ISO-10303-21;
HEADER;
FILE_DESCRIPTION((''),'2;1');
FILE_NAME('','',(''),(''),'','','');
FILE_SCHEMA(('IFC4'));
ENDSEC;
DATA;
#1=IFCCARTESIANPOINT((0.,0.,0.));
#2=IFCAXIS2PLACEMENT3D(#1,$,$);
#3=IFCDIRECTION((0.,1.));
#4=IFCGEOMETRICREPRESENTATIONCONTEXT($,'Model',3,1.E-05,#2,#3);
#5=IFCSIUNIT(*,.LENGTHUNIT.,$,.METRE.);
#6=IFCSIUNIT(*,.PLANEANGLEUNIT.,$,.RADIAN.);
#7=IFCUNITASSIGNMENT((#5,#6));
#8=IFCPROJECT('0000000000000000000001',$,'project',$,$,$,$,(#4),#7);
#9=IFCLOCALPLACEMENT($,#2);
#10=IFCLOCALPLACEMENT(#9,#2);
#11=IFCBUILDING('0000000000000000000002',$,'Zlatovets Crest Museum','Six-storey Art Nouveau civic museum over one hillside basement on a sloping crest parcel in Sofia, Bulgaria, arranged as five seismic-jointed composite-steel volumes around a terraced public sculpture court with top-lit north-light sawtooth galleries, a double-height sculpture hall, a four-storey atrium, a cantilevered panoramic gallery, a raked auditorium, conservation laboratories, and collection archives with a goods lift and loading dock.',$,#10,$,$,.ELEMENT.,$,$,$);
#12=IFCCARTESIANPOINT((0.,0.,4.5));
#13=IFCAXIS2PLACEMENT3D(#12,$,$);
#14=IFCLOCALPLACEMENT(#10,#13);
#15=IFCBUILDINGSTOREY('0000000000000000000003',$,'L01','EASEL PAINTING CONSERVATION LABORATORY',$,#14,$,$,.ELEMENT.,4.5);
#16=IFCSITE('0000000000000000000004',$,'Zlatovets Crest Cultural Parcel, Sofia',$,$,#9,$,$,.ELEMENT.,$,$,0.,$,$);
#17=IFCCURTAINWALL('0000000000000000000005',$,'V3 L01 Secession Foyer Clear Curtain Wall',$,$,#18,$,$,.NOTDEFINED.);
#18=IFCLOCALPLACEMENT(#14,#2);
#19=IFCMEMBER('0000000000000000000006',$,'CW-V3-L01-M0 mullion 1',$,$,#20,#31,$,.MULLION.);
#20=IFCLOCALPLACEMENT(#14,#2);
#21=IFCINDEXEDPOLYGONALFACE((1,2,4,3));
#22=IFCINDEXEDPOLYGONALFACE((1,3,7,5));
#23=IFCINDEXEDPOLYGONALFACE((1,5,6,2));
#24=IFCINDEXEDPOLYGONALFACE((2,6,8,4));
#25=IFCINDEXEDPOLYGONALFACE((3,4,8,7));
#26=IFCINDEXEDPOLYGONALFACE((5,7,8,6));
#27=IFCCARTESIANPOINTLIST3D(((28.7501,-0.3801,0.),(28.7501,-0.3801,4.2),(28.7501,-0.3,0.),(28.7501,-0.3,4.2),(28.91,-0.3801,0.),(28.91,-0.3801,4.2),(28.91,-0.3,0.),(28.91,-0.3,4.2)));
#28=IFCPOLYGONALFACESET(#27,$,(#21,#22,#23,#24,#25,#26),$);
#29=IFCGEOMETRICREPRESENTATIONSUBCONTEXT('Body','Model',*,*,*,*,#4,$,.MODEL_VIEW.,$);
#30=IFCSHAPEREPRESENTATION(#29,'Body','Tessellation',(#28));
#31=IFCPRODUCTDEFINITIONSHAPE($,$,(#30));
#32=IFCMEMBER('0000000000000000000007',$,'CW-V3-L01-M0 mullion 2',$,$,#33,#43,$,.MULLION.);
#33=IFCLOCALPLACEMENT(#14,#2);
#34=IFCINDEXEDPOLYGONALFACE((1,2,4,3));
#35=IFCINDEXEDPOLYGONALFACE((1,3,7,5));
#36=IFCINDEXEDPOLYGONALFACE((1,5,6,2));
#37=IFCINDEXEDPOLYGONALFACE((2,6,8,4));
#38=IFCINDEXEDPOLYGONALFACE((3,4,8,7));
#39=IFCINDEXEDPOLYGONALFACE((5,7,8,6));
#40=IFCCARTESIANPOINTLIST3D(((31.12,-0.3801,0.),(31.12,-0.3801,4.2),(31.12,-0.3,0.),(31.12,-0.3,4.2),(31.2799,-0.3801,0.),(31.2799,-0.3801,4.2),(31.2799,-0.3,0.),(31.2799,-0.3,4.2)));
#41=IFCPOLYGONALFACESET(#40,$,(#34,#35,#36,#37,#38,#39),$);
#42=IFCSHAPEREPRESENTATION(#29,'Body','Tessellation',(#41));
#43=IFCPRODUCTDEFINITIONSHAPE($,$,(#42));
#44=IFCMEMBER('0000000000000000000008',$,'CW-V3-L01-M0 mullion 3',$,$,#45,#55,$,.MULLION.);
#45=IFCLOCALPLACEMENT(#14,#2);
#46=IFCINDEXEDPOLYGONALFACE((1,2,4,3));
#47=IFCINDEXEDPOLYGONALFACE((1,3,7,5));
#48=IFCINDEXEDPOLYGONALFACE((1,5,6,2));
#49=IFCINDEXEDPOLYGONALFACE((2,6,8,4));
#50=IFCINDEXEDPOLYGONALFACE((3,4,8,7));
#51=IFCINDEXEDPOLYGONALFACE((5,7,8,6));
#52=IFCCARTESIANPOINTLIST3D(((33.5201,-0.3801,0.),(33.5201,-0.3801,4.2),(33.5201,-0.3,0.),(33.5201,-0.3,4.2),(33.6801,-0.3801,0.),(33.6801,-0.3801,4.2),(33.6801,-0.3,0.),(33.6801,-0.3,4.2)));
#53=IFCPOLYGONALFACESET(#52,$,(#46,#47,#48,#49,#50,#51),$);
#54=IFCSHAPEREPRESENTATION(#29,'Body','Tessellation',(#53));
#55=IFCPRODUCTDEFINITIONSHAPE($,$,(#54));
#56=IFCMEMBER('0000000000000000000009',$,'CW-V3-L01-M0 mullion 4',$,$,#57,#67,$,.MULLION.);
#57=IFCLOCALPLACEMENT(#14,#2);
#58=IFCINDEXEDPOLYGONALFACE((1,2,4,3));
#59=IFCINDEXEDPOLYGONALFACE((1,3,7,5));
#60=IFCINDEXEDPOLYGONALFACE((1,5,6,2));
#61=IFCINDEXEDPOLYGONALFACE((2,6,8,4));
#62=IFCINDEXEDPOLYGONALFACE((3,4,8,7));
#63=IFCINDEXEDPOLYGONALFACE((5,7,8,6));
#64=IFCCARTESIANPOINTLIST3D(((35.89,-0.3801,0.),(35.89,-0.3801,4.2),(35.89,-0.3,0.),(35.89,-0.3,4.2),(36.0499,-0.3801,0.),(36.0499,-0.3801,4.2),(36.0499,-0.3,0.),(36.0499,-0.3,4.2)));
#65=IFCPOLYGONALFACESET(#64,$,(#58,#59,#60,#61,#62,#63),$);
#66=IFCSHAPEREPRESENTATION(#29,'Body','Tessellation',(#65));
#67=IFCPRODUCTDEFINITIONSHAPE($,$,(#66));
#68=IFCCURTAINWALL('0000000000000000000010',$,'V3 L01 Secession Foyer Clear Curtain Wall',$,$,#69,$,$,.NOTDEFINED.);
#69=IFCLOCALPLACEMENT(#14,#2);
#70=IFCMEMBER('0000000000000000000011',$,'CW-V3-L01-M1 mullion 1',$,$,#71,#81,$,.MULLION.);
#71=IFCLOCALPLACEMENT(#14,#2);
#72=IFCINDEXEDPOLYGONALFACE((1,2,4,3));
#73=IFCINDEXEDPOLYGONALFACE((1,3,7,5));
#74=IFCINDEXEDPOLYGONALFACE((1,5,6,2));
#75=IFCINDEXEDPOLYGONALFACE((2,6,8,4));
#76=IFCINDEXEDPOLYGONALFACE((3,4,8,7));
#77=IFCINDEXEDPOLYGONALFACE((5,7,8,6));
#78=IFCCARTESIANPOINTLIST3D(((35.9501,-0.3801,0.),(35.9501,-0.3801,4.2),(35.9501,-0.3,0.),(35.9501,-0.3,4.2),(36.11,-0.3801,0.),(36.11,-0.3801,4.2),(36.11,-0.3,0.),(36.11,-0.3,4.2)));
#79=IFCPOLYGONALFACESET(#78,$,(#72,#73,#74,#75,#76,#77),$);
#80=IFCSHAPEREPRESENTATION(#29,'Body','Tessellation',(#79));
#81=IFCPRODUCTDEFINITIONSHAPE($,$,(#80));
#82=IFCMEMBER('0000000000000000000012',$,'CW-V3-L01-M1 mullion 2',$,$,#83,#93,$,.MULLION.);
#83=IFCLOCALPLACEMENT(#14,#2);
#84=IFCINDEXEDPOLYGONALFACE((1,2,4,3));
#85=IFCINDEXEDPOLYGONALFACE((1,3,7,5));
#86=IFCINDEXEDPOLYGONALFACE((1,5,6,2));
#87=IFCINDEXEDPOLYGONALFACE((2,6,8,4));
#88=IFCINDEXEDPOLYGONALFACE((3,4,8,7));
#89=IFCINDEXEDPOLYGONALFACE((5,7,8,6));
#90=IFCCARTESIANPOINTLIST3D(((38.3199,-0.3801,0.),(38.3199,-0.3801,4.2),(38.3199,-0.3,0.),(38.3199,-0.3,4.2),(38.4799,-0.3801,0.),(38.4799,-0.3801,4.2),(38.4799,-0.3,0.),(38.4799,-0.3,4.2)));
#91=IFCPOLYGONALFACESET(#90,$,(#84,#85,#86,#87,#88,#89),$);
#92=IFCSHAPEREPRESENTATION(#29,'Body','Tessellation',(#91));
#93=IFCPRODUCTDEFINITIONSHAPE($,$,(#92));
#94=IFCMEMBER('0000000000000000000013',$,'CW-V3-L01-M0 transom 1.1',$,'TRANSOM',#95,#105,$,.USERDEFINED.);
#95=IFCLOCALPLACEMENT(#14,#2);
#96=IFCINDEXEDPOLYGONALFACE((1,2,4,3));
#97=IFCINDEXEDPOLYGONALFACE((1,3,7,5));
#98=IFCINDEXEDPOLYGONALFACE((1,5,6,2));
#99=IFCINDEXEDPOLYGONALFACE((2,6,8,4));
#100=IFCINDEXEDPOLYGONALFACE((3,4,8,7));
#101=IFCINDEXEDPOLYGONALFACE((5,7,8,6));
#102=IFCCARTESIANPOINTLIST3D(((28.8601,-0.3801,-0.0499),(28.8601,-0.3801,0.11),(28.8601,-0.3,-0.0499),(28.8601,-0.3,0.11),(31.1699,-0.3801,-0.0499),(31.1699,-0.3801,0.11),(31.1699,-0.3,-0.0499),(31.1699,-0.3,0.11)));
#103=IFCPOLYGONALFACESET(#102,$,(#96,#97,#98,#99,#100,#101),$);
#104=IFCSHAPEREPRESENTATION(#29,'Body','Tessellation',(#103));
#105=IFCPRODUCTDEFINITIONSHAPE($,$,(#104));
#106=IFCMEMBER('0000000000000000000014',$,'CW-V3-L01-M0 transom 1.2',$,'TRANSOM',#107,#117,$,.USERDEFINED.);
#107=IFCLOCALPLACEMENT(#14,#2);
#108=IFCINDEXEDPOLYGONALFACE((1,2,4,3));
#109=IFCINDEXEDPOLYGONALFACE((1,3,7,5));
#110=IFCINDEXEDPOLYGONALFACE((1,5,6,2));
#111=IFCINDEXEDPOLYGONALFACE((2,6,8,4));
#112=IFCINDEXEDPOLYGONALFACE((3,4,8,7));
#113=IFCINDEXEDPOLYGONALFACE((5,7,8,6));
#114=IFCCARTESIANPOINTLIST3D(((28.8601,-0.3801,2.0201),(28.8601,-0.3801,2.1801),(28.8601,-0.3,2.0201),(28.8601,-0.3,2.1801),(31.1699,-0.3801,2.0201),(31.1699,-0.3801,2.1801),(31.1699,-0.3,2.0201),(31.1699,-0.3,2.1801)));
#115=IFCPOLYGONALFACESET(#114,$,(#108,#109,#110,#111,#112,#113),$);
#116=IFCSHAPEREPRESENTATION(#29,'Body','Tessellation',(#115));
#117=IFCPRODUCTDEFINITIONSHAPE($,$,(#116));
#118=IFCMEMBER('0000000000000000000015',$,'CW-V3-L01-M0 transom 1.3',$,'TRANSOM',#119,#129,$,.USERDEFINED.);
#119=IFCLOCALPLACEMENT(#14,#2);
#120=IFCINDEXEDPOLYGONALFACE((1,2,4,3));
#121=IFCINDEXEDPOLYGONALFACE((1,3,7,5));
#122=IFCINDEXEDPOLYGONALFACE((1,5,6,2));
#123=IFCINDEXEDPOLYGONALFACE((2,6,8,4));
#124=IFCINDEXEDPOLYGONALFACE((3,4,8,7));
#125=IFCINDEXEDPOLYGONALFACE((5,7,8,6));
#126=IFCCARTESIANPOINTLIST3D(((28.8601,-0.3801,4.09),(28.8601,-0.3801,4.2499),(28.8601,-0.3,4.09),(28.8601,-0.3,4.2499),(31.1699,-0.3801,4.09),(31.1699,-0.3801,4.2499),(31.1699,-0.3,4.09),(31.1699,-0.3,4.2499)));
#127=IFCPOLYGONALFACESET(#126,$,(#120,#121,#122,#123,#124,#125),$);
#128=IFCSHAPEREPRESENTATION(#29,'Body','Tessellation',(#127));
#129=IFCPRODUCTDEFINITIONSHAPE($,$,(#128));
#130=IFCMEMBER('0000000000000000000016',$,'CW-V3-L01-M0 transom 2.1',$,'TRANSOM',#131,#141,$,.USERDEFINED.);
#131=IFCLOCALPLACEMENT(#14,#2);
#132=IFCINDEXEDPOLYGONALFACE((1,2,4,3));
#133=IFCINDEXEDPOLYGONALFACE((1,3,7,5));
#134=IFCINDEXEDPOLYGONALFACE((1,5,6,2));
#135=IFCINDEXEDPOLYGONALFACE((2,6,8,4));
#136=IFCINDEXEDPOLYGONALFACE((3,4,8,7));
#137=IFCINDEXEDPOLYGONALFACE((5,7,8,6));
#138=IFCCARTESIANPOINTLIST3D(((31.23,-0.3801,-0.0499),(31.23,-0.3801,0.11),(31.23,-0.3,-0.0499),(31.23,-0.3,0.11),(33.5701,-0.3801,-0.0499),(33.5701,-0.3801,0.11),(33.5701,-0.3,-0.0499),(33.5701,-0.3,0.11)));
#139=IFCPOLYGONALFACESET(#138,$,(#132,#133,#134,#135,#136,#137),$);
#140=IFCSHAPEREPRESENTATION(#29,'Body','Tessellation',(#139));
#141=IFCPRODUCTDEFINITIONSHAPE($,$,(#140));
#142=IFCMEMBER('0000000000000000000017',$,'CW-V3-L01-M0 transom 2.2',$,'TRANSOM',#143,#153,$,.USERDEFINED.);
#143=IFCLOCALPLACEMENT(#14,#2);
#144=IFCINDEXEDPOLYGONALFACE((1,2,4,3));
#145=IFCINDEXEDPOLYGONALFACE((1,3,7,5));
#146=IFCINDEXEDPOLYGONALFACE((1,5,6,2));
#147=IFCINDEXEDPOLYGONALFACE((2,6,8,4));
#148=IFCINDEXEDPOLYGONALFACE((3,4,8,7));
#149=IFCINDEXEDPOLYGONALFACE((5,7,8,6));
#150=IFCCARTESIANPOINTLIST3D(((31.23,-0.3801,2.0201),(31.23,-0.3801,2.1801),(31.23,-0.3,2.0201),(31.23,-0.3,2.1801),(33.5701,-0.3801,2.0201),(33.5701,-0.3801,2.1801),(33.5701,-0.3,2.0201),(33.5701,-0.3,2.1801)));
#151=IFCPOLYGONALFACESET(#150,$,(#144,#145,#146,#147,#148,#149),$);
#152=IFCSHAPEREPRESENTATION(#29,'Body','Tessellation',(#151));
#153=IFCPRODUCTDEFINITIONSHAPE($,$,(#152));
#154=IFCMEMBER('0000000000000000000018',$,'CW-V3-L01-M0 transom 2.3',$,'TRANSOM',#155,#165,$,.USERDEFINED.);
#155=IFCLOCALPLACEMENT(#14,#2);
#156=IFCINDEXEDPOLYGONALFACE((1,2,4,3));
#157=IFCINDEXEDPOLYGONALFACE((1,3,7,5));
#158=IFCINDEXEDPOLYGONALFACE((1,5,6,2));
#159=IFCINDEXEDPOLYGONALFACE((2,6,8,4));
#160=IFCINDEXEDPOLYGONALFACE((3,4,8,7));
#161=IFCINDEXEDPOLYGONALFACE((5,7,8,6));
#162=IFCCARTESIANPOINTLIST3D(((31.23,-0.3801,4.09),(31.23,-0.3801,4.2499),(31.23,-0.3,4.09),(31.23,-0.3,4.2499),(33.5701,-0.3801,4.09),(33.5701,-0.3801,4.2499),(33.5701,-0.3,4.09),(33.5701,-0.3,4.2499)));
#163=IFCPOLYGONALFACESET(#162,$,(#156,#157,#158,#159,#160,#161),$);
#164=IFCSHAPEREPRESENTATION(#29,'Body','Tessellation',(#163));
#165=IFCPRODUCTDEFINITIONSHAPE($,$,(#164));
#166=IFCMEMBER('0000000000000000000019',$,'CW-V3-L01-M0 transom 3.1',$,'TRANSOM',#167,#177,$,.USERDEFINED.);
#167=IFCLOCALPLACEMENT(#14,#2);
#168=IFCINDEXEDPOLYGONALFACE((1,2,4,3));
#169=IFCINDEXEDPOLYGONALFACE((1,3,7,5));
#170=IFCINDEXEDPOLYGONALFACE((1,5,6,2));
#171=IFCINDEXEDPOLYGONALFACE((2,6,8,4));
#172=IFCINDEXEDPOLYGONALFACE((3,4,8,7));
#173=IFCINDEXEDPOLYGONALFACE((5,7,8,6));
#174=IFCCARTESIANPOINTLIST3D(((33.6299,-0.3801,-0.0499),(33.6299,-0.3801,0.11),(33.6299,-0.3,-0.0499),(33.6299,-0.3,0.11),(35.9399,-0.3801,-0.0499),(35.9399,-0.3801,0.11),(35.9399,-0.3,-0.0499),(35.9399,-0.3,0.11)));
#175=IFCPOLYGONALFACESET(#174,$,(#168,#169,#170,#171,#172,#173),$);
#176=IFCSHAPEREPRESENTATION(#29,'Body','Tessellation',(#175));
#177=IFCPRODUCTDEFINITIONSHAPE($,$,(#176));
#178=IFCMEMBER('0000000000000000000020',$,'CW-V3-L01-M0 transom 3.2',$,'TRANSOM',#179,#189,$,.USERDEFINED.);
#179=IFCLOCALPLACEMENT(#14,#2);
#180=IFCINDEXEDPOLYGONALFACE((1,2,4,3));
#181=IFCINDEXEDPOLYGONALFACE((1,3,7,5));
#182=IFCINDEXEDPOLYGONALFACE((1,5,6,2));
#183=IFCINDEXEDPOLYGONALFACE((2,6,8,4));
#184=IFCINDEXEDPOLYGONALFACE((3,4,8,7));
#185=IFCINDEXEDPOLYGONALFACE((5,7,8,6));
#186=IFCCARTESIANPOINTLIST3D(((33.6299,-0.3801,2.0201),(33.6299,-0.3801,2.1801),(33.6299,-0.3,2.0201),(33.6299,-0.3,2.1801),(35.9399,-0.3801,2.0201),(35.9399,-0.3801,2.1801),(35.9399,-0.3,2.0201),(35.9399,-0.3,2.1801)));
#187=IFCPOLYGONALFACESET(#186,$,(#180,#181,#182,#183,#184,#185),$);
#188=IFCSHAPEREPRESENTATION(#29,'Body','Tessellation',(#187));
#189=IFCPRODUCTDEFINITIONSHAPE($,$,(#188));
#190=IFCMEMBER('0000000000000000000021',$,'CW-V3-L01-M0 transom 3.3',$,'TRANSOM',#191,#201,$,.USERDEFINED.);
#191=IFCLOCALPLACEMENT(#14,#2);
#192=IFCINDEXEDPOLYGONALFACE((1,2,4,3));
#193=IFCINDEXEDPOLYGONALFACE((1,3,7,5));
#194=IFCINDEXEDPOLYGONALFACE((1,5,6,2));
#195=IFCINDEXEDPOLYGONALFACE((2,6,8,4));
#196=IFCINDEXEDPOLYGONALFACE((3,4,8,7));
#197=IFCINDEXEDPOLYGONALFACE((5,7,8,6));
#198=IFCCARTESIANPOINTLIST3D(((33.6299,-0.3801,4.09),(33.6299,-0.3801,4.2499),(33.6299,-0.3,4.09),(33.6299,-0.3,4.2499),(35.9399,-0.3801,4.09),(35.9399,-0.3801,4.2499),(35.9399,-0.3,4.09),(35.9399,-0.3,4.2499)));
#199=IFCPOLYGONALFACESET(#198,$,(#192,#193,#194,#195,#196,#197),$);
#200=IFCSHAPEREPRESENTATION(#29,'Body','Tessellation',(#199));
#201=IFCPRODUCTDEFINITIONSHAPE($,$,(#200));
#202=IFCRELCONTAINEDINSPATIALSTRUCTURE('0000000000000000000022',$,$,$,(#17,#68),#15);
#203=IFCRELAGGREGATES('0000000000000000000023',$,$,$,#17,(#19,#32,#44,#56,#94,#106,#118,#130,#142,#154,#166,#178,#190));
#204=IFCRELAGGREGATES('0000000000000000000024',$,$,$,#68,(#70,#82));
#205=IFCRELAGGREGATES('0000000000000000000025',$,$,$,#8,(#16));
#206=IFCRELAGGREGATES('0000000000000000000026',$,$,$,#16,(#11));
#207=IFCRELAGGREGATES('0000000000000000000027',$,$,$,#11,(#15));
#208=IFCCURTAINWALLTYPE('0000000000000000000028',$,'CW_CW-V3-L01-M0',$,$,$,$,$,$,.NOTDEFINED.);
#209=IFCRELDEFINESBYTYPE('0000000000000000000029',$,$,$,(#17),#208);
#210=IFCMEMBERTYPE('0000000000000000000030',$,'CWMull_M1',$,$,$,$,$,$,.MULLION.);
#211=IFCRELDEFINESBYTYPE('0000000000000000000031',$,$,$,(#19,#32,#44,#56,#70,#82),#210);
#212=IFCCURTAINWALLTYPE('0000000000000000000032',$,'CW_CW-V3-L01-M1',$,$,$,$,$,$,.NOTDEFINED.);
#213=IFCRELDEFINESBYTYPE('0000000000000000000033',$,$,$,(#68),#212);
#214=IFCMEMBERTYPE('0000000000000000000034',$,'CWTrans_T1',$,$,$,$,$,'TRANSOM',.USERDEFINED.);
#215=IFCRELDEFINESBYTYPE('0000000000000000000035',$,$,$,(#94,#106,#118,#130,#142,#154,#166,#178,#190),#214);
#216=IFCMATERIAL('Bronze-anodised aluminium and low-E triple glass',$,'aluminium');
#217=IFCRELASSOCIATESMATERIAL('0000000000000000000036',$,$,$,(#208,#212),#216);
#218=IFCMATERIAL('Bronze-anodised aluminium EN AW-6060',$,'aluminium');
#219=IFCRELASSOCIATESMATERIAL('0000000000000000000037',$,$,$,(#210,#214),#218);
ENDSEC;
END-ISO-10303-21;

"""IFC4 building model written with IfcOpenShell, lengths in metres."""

from ifc_helpers import new_model, si_unit, direction, frame, origin, origin_2d, place, context, subcontext, project, spatial, rectangle, extrude, material, material_profile, profile_set, type_object, element, aggregate, save


model = new_model("IFC4")

# Units and contexts
model_context = context("Model", 3, precision=1e-05, world=origin(), true_north=direction((0.0, 1.0)))
body_context = subcontext(model_context, "Body", "Model", "MODEL_VIEW")
ifc_project = project(units=[si_unit("LENGTHUNIT", "METRE"), si_unit("PLANEANGLEUNIT", "RADIAN")], contexts=[model_context])

# Site, building, storey
site_placement = place(None, origin())
site = spatial("IfcSite", under=ifc_project, at=site_placement, Name="Zlatovets Crest Cultural Parcel, Sofia", CompositionType="ELEMENT", RefElevation=0.0)
building_placement = place(site_placement, origin())
building = spatial("IfcBuilding", under=site, at=building_placement, Name="Zlatovets Crest Museum", Description="Six-storey Art Nouveau civic museum over one hillside basement on a sloping crest parcel in Sofia, Bulgaria, arranged as five seismic-jointed composite-steel volumes around a terraced public sculpture court with top-lit north-light sawtooth galleries, a double-height sculpture hall, a four-storey atrium, a cantilevered panoramic gallery, a raked auditorium, conservation laboratories, and collection archives with a goods lift and loading dock.", CompositionType="ELEMENT")
storey_placement = place(building_placement, frame((0.0, 0.0, 4.5)))
storey = spatial("IfcBuildingStorey", under=building, at=storey_placement, Name="L01", Description="EASEL PAINTING CONSERVATION LABORATORY", CompositionType="ELEMENT", Elevation=4.5)

# Curtain walls, members
ifc_material_1 = material(Name="Bronze-anodised aluminium and low-E triple glass", Category="aluminium")
curtain_wall_type_1 = type_object("IfcCurtainWallType", Name="CW_CW-V3-L01-M0", PredefinedType="NOTDEFINED", material=ifc_material_1)
curtain_wall_1_placement = place(storey_placement, origin())
curtain_wall_1 = element("IfcCurtainWall", 1, at=curtain_wall_1_placement, inside=storey, type_object=curtain_wall_type_1, Name="V3 L01 Secession Foyer Clear Curtain Wall", PredefinedType="NOTDEFINED")
ifc_material_2 = material(Name="Bronze-anodised aluminium EN AW-6060", Category="aluminium")
ifc_material_profile_1 = material_profile(ifc_material_2, rectangle(XDim=0.0801, YDim=0.1599, at=origin_2d()), Name="ALU 80x160")
ifc_profile_set_1 = profile_set([ifc_material_profile_1], Name="Bronze-anodised aluminium EN AW-6060")
member_type_1 = type_object("IfcMemberType", Name="CWMull_M1", PredefinedType="MULLION", material=ifc_profile_set_1)
member_1_placement = place(storey_placement, frame((28.8301, -0.3401, 0.0), z_axis=(0.0, 0.0, 1.0), x_axis=(0.0, 1.0, 0.0)))
member_1 = element("IfcMember", 2, at=member_1_placement, type_object=member_type_1, Name="CW-V3-L01-M0 mullion 1", PredefinedType="MULLION", context=body_context, shape_type="SweptSolid", body=[
    extrude(rectangle(XDim=0.0801, YDim=0.1599, at=origin_2d()), origin(), (0.0, 0.0, 1.0), 4.2),
])
member_2_placement = place(storey_placement, frame((31.2, -0.3401, 0.0), z_axis=(0.0, 0.0, 1.0), x_axis=(0.0, 1.0, 0.0)))
member_2 = element("IfcMember", 3, at=member_2_placement, type_object=member_type_1, Name="CW-V3-L01-M0 mullion 2", PredefinedType="MULLION", context=body_context, shape_type="SweptSolid", body=[
    extrude(rectangle(XDim=0.0801, YDim=0.1599, at=origin_2d()), origin(), (0.0, 0.0, 1.0), 4.2),
])
member_3_placement = place(storey_placement, frame((33.6001, -0.3401, 0.0), z_axis=(0.0, 0.0, 1.0), x_axis=(0.0, 1.0, 0.0)))
member_3 = element("IfcMember", 4, at=member_3_placement, type_object=member_type_1, Name="CW-V3-L01-M0 mullion 3", PredefinedType="MULLION", context=body_context, shape_type="SweptSolid", body=[
    extrude(rectangle(XDim=0.0801, YDim=0.1599, at=origin_2d()), origin(), (0.0, 0.0, 1.0), 4.2),
])
member_4_placement = place(storey_placement, frame((35.97, -0.3401, 0.0), z_axis=(0.0, 0.0, 1.0), x_axis=(0.0, 1.0, 0.0)))
member_4 = element("IfcMember", 5, at=member_4_placement, type_object=member_type_1, Name="CW-V3-L01-M0 mullion 4", PredefinedType="MULLION", context=body_context, shape_type="SweptSolid", body=[
    extrude(rectangle(XDim=0.0801, YDim=0.1599, at=origin_2d()), origin(), (0.0, 0.0, 1.0), 4.2),
])
curtain_wall_type_2 = type_object("IfcCurtainWallType", Name="CW_CW-V3-L01-M1", PredefinedType="NOTDEFINED", material=ifc_material_1)
curtain_wall_2_placement = place(storey_placement, origin())
curtain_wall_2 = element("IfcCurtainWall", 6, at=curtain_wall_2_placement, inside=storey, type_object=curtain_wall_type_2, Name="V3 L01 Secession Foyer Clear Curtain Wall", PredefinedType="NOTDEFINED")
member_5_placement = place(storey_placement, frame((36.03, -0.3401, 0.0), z_axis=(0.0, 0.0, 1.0), x_axis=(0.0, 1.0, 0.0)))
member_5 = element("IfcMember", 7, at=member_5_placement, type_object=member_type_1, Name="CW-V3-L01-M1 mullion 1", PredefinedType="MULLION", context=body_context, shape_type="SweptSolid", body=[
    extrude(rectangle(XDim=0.0801, YDim=0.1599, at=origin_2d()), origin(), (0.0, 0.0, 1.0), 4.2),
])
member_6_placement = place(storey_placement, frame((38.3999, -0.3401, 0.0), z_axis=(0.0, 0.0, 1.0), x_axis=(0.0, 1.0, 0.0)))
member_6 = element("IfcMember", 8, at=member_6_placement, type_object=member_type_1, Name="CW-V3-L01-M1 mullion 2", PredefinedType="MULLION", context=body_context, shape_type="SweptSolid", body=[
    extrude(rectangle(XDim=0.0801, YDim=0.1599, at=origin_2d()), origin(), (0.0, 0.0, 1.0), 4.2),
])

# Members
ifc_material_profile_2 = material_profile(ifc_material_2, rectangle(XDim=0.0801, YDim=0.1599, at=origin_2d()), Name="ALU 80x160")
ifc_profile_set_2 = profile_set([ifc_material_profile_2], Name="Bronze-anodised aluminium EN AW-6060")
member_type_2 = type_object("IfcMemberType", Name="CWTrans_T1", ElementType="TRANSOM", PredefinedType="USERDEFINED", material=ifc_profile_set_2)
member_7_placement = place(storey_placement, frame((28.8601, -0.3401, 0.03), z_axis=(1.0, 0.0, 0.0), x_axis=(0.0, 1.0, 0.0)))
member_7 = element("IfcMember", 9, at=member_7_placement, type_object=member_type_2, Name="CW-V3-L01-M0 transom 1.1", ObjectType="TRANSOM", PredefinedType="USERDEFINED", context=body_context, shape_type="SweptSolid", body=[
    extrude(rectangle(XDim=0.0801, YDim=0.1599, at=origin_2d()), origin(), (0.0, 0.0, 1.0), 2.3098),
])
member_8_placement = place(storey_placement, frame((28.8601, -0.3401, 2.1001), z_axis=(1.0, 0.0, 0.0), x_axis=(0.0, 1.0, 0.0)))
member_8 = element("IfcMember", 10, at=member_8_placement, type_object=member_type_2, Name="CW-V3-L01-M0 transom 1.2", ObjectType="TRANSOM", PredefinedType="USERDEFINED", context=body_context, shape_type="SweptSolid", body=[
    extrude(rectangle(XDim=0.0801, YDim=0.1599, at=origin_2d()), origin(), (0.0, 0.0, 1.0), 2.3098),
])
member_9_placement = place(storey_placement, frame((28.8601, -0.3401, 4.1699), z_axis=(1.0, 0.0, 0.0), x_axis=(0.0, 1.0, 0.0)))
member_9 = element("IfcMember", 11, at=member_9_placement, type_object=member_type_2, Name="CW-V3-L01-M0 transom 1.3", ObjectType="TRANSOM", PredefinedType="USERDEFINED", context=body_context, shape_type="SweptSolid", body=[
    extrude(rectangle(XDim=0.0801, YDim=0.1599, at=origin_2d()), origin(), (0.0, 0.0, 1.0), 2.3098),
])
member_10_placement = place(storey_placement, frame((31.23, -0.3401, 0.03), z_axis=(1.0, 0.0, 0.0), x_axis=(0.0, 1.0, 0.0)))
member_10 = element("IfcMember", 12, at=member_10_placement, type_object=member_type_2, Name="CW-V3-L01-M0 transom 2.1", ObjectType="TRANSOM", PredefinedType="USERDEFINED", context=body_context, shape_type="SweptSolid", body=[
    extrude(rectangle(XDim=0.0801, YDim=0.1599, at=origin_2d()), origin(), (0.0, 0.0, 1.0), 2.3401),
])
member_11_placement = place(storey_placement, frame((31.23, -0.3401, 2.1001), z_axis=(1.0, 0.0, 0.0), x_axis=(0.0, 1.0, 0.0)))
member_11 = element("IfcMember", 13, at=member_11_placement, type_object=member_type_2, Name="CW-V3-L01-M0 transom 2.2", ObjectType="TRANSOM", PredefinedType="USERDEFINED", context=body_context, shape_type="SweptSolid", body=[
    extrude(rectangle(XDim=0.0801, YDim=0.1599, at=origin_2d()), origin(), (0.0, 0.0, 1.0), 2.3401),
])
member_12_placement = place(storey_placement, frame((31.23, -0.3401, 4.1699), z_axis=(1.0, 0.0, 0.0), x_axis=(0.0, 1.0, 0.0)))
member_12 = element("IfcMember", 14, at=member_12_placement, type_object=member_type_2, Name="CW-V3-L01-M0 transom 2.3", ObjectType="TRANSOM", PredefinedType="USERDEFINED", context=body_context, shape_type="SweptSolid", body=[
    extrude(rectangle(XDim=0.0801, YDim=0.1599, at=origin_2d()), origin(), (0.0, 0.0, 1.0), 2.3401),
])
member_13_placement = place(storey_placement, frame((33.6299, -0.3401, 0.03), z_axis=(1.0, 0.0, 0.0), x_axis=(0.0, 1.0, 0.0)))
member_13 = element("IfcMember", 15, at=member_13_placement, type_object=member_type_2, Name="CW-V3-L01-M0 transom 3.1", ObjectType="TRANSOM", PredefinedType="USERDEFINED", context=body_context, shape_type="SweptSolid", body=[
    extrude(rectangle(XDim=0.0801, YDim=0.1599, at=origin_2d()), origin(), (0.0, 0.0, 1.0), 2.3101),
])
member_14_placement = place(storey_placement, frame((33.6299, -0.3401, 2.1001), z_axis=(1.0, 0.0, 0.0), x_axis=(0.0, 1.0, 0.0)))
member_14 = element("IfcMember", 16, at=member_14_placement, type_object=member_type_2, Name="CW-V3-L01-M0 transom 3.2", ObjectType="TRANSOM", PredefinedType="USERDEFINED", context=body_context, shape_type="SweptSolid", body=[
    extrude(rectangle(XDim=0.0801, YDim=0.1599, at=origin_2d()), origin(), (0.0, 0.0, 1.0), 2.3101),
])
member_15_placement = place(storey_placement, frame((33.6299, -0.3401, 4.1699), z_axis=(1.0, 0.0, 0.0), x_axis=(0.0, 1.0, 0.0)))
member_15 = element("IfcMember", 17, at=member_15_placement, type_object=member_type_2, Name="CW-V3-L01-M0 transom 3.3", ObjectType="TRANSOM", PredefinedType="USERDEFINED", context=body_context, shape_type="SweptSolid", body=[
    extrude(rectangle(XDim=0.0801, YDim=0.1599, at=origin_2d()), origin(), (0.0, 0.0, 1.0), 2.3101),
])

aggregate(curtain_wall_1, [member_1, member_2, member_3, member_4, member_7, member_8, member_9, member_10, member_11, member_12, member_13, member_14, member_15])
aggregate(curtain_wall_2, [member_5, member_6])

save(model, "model.ifc")
